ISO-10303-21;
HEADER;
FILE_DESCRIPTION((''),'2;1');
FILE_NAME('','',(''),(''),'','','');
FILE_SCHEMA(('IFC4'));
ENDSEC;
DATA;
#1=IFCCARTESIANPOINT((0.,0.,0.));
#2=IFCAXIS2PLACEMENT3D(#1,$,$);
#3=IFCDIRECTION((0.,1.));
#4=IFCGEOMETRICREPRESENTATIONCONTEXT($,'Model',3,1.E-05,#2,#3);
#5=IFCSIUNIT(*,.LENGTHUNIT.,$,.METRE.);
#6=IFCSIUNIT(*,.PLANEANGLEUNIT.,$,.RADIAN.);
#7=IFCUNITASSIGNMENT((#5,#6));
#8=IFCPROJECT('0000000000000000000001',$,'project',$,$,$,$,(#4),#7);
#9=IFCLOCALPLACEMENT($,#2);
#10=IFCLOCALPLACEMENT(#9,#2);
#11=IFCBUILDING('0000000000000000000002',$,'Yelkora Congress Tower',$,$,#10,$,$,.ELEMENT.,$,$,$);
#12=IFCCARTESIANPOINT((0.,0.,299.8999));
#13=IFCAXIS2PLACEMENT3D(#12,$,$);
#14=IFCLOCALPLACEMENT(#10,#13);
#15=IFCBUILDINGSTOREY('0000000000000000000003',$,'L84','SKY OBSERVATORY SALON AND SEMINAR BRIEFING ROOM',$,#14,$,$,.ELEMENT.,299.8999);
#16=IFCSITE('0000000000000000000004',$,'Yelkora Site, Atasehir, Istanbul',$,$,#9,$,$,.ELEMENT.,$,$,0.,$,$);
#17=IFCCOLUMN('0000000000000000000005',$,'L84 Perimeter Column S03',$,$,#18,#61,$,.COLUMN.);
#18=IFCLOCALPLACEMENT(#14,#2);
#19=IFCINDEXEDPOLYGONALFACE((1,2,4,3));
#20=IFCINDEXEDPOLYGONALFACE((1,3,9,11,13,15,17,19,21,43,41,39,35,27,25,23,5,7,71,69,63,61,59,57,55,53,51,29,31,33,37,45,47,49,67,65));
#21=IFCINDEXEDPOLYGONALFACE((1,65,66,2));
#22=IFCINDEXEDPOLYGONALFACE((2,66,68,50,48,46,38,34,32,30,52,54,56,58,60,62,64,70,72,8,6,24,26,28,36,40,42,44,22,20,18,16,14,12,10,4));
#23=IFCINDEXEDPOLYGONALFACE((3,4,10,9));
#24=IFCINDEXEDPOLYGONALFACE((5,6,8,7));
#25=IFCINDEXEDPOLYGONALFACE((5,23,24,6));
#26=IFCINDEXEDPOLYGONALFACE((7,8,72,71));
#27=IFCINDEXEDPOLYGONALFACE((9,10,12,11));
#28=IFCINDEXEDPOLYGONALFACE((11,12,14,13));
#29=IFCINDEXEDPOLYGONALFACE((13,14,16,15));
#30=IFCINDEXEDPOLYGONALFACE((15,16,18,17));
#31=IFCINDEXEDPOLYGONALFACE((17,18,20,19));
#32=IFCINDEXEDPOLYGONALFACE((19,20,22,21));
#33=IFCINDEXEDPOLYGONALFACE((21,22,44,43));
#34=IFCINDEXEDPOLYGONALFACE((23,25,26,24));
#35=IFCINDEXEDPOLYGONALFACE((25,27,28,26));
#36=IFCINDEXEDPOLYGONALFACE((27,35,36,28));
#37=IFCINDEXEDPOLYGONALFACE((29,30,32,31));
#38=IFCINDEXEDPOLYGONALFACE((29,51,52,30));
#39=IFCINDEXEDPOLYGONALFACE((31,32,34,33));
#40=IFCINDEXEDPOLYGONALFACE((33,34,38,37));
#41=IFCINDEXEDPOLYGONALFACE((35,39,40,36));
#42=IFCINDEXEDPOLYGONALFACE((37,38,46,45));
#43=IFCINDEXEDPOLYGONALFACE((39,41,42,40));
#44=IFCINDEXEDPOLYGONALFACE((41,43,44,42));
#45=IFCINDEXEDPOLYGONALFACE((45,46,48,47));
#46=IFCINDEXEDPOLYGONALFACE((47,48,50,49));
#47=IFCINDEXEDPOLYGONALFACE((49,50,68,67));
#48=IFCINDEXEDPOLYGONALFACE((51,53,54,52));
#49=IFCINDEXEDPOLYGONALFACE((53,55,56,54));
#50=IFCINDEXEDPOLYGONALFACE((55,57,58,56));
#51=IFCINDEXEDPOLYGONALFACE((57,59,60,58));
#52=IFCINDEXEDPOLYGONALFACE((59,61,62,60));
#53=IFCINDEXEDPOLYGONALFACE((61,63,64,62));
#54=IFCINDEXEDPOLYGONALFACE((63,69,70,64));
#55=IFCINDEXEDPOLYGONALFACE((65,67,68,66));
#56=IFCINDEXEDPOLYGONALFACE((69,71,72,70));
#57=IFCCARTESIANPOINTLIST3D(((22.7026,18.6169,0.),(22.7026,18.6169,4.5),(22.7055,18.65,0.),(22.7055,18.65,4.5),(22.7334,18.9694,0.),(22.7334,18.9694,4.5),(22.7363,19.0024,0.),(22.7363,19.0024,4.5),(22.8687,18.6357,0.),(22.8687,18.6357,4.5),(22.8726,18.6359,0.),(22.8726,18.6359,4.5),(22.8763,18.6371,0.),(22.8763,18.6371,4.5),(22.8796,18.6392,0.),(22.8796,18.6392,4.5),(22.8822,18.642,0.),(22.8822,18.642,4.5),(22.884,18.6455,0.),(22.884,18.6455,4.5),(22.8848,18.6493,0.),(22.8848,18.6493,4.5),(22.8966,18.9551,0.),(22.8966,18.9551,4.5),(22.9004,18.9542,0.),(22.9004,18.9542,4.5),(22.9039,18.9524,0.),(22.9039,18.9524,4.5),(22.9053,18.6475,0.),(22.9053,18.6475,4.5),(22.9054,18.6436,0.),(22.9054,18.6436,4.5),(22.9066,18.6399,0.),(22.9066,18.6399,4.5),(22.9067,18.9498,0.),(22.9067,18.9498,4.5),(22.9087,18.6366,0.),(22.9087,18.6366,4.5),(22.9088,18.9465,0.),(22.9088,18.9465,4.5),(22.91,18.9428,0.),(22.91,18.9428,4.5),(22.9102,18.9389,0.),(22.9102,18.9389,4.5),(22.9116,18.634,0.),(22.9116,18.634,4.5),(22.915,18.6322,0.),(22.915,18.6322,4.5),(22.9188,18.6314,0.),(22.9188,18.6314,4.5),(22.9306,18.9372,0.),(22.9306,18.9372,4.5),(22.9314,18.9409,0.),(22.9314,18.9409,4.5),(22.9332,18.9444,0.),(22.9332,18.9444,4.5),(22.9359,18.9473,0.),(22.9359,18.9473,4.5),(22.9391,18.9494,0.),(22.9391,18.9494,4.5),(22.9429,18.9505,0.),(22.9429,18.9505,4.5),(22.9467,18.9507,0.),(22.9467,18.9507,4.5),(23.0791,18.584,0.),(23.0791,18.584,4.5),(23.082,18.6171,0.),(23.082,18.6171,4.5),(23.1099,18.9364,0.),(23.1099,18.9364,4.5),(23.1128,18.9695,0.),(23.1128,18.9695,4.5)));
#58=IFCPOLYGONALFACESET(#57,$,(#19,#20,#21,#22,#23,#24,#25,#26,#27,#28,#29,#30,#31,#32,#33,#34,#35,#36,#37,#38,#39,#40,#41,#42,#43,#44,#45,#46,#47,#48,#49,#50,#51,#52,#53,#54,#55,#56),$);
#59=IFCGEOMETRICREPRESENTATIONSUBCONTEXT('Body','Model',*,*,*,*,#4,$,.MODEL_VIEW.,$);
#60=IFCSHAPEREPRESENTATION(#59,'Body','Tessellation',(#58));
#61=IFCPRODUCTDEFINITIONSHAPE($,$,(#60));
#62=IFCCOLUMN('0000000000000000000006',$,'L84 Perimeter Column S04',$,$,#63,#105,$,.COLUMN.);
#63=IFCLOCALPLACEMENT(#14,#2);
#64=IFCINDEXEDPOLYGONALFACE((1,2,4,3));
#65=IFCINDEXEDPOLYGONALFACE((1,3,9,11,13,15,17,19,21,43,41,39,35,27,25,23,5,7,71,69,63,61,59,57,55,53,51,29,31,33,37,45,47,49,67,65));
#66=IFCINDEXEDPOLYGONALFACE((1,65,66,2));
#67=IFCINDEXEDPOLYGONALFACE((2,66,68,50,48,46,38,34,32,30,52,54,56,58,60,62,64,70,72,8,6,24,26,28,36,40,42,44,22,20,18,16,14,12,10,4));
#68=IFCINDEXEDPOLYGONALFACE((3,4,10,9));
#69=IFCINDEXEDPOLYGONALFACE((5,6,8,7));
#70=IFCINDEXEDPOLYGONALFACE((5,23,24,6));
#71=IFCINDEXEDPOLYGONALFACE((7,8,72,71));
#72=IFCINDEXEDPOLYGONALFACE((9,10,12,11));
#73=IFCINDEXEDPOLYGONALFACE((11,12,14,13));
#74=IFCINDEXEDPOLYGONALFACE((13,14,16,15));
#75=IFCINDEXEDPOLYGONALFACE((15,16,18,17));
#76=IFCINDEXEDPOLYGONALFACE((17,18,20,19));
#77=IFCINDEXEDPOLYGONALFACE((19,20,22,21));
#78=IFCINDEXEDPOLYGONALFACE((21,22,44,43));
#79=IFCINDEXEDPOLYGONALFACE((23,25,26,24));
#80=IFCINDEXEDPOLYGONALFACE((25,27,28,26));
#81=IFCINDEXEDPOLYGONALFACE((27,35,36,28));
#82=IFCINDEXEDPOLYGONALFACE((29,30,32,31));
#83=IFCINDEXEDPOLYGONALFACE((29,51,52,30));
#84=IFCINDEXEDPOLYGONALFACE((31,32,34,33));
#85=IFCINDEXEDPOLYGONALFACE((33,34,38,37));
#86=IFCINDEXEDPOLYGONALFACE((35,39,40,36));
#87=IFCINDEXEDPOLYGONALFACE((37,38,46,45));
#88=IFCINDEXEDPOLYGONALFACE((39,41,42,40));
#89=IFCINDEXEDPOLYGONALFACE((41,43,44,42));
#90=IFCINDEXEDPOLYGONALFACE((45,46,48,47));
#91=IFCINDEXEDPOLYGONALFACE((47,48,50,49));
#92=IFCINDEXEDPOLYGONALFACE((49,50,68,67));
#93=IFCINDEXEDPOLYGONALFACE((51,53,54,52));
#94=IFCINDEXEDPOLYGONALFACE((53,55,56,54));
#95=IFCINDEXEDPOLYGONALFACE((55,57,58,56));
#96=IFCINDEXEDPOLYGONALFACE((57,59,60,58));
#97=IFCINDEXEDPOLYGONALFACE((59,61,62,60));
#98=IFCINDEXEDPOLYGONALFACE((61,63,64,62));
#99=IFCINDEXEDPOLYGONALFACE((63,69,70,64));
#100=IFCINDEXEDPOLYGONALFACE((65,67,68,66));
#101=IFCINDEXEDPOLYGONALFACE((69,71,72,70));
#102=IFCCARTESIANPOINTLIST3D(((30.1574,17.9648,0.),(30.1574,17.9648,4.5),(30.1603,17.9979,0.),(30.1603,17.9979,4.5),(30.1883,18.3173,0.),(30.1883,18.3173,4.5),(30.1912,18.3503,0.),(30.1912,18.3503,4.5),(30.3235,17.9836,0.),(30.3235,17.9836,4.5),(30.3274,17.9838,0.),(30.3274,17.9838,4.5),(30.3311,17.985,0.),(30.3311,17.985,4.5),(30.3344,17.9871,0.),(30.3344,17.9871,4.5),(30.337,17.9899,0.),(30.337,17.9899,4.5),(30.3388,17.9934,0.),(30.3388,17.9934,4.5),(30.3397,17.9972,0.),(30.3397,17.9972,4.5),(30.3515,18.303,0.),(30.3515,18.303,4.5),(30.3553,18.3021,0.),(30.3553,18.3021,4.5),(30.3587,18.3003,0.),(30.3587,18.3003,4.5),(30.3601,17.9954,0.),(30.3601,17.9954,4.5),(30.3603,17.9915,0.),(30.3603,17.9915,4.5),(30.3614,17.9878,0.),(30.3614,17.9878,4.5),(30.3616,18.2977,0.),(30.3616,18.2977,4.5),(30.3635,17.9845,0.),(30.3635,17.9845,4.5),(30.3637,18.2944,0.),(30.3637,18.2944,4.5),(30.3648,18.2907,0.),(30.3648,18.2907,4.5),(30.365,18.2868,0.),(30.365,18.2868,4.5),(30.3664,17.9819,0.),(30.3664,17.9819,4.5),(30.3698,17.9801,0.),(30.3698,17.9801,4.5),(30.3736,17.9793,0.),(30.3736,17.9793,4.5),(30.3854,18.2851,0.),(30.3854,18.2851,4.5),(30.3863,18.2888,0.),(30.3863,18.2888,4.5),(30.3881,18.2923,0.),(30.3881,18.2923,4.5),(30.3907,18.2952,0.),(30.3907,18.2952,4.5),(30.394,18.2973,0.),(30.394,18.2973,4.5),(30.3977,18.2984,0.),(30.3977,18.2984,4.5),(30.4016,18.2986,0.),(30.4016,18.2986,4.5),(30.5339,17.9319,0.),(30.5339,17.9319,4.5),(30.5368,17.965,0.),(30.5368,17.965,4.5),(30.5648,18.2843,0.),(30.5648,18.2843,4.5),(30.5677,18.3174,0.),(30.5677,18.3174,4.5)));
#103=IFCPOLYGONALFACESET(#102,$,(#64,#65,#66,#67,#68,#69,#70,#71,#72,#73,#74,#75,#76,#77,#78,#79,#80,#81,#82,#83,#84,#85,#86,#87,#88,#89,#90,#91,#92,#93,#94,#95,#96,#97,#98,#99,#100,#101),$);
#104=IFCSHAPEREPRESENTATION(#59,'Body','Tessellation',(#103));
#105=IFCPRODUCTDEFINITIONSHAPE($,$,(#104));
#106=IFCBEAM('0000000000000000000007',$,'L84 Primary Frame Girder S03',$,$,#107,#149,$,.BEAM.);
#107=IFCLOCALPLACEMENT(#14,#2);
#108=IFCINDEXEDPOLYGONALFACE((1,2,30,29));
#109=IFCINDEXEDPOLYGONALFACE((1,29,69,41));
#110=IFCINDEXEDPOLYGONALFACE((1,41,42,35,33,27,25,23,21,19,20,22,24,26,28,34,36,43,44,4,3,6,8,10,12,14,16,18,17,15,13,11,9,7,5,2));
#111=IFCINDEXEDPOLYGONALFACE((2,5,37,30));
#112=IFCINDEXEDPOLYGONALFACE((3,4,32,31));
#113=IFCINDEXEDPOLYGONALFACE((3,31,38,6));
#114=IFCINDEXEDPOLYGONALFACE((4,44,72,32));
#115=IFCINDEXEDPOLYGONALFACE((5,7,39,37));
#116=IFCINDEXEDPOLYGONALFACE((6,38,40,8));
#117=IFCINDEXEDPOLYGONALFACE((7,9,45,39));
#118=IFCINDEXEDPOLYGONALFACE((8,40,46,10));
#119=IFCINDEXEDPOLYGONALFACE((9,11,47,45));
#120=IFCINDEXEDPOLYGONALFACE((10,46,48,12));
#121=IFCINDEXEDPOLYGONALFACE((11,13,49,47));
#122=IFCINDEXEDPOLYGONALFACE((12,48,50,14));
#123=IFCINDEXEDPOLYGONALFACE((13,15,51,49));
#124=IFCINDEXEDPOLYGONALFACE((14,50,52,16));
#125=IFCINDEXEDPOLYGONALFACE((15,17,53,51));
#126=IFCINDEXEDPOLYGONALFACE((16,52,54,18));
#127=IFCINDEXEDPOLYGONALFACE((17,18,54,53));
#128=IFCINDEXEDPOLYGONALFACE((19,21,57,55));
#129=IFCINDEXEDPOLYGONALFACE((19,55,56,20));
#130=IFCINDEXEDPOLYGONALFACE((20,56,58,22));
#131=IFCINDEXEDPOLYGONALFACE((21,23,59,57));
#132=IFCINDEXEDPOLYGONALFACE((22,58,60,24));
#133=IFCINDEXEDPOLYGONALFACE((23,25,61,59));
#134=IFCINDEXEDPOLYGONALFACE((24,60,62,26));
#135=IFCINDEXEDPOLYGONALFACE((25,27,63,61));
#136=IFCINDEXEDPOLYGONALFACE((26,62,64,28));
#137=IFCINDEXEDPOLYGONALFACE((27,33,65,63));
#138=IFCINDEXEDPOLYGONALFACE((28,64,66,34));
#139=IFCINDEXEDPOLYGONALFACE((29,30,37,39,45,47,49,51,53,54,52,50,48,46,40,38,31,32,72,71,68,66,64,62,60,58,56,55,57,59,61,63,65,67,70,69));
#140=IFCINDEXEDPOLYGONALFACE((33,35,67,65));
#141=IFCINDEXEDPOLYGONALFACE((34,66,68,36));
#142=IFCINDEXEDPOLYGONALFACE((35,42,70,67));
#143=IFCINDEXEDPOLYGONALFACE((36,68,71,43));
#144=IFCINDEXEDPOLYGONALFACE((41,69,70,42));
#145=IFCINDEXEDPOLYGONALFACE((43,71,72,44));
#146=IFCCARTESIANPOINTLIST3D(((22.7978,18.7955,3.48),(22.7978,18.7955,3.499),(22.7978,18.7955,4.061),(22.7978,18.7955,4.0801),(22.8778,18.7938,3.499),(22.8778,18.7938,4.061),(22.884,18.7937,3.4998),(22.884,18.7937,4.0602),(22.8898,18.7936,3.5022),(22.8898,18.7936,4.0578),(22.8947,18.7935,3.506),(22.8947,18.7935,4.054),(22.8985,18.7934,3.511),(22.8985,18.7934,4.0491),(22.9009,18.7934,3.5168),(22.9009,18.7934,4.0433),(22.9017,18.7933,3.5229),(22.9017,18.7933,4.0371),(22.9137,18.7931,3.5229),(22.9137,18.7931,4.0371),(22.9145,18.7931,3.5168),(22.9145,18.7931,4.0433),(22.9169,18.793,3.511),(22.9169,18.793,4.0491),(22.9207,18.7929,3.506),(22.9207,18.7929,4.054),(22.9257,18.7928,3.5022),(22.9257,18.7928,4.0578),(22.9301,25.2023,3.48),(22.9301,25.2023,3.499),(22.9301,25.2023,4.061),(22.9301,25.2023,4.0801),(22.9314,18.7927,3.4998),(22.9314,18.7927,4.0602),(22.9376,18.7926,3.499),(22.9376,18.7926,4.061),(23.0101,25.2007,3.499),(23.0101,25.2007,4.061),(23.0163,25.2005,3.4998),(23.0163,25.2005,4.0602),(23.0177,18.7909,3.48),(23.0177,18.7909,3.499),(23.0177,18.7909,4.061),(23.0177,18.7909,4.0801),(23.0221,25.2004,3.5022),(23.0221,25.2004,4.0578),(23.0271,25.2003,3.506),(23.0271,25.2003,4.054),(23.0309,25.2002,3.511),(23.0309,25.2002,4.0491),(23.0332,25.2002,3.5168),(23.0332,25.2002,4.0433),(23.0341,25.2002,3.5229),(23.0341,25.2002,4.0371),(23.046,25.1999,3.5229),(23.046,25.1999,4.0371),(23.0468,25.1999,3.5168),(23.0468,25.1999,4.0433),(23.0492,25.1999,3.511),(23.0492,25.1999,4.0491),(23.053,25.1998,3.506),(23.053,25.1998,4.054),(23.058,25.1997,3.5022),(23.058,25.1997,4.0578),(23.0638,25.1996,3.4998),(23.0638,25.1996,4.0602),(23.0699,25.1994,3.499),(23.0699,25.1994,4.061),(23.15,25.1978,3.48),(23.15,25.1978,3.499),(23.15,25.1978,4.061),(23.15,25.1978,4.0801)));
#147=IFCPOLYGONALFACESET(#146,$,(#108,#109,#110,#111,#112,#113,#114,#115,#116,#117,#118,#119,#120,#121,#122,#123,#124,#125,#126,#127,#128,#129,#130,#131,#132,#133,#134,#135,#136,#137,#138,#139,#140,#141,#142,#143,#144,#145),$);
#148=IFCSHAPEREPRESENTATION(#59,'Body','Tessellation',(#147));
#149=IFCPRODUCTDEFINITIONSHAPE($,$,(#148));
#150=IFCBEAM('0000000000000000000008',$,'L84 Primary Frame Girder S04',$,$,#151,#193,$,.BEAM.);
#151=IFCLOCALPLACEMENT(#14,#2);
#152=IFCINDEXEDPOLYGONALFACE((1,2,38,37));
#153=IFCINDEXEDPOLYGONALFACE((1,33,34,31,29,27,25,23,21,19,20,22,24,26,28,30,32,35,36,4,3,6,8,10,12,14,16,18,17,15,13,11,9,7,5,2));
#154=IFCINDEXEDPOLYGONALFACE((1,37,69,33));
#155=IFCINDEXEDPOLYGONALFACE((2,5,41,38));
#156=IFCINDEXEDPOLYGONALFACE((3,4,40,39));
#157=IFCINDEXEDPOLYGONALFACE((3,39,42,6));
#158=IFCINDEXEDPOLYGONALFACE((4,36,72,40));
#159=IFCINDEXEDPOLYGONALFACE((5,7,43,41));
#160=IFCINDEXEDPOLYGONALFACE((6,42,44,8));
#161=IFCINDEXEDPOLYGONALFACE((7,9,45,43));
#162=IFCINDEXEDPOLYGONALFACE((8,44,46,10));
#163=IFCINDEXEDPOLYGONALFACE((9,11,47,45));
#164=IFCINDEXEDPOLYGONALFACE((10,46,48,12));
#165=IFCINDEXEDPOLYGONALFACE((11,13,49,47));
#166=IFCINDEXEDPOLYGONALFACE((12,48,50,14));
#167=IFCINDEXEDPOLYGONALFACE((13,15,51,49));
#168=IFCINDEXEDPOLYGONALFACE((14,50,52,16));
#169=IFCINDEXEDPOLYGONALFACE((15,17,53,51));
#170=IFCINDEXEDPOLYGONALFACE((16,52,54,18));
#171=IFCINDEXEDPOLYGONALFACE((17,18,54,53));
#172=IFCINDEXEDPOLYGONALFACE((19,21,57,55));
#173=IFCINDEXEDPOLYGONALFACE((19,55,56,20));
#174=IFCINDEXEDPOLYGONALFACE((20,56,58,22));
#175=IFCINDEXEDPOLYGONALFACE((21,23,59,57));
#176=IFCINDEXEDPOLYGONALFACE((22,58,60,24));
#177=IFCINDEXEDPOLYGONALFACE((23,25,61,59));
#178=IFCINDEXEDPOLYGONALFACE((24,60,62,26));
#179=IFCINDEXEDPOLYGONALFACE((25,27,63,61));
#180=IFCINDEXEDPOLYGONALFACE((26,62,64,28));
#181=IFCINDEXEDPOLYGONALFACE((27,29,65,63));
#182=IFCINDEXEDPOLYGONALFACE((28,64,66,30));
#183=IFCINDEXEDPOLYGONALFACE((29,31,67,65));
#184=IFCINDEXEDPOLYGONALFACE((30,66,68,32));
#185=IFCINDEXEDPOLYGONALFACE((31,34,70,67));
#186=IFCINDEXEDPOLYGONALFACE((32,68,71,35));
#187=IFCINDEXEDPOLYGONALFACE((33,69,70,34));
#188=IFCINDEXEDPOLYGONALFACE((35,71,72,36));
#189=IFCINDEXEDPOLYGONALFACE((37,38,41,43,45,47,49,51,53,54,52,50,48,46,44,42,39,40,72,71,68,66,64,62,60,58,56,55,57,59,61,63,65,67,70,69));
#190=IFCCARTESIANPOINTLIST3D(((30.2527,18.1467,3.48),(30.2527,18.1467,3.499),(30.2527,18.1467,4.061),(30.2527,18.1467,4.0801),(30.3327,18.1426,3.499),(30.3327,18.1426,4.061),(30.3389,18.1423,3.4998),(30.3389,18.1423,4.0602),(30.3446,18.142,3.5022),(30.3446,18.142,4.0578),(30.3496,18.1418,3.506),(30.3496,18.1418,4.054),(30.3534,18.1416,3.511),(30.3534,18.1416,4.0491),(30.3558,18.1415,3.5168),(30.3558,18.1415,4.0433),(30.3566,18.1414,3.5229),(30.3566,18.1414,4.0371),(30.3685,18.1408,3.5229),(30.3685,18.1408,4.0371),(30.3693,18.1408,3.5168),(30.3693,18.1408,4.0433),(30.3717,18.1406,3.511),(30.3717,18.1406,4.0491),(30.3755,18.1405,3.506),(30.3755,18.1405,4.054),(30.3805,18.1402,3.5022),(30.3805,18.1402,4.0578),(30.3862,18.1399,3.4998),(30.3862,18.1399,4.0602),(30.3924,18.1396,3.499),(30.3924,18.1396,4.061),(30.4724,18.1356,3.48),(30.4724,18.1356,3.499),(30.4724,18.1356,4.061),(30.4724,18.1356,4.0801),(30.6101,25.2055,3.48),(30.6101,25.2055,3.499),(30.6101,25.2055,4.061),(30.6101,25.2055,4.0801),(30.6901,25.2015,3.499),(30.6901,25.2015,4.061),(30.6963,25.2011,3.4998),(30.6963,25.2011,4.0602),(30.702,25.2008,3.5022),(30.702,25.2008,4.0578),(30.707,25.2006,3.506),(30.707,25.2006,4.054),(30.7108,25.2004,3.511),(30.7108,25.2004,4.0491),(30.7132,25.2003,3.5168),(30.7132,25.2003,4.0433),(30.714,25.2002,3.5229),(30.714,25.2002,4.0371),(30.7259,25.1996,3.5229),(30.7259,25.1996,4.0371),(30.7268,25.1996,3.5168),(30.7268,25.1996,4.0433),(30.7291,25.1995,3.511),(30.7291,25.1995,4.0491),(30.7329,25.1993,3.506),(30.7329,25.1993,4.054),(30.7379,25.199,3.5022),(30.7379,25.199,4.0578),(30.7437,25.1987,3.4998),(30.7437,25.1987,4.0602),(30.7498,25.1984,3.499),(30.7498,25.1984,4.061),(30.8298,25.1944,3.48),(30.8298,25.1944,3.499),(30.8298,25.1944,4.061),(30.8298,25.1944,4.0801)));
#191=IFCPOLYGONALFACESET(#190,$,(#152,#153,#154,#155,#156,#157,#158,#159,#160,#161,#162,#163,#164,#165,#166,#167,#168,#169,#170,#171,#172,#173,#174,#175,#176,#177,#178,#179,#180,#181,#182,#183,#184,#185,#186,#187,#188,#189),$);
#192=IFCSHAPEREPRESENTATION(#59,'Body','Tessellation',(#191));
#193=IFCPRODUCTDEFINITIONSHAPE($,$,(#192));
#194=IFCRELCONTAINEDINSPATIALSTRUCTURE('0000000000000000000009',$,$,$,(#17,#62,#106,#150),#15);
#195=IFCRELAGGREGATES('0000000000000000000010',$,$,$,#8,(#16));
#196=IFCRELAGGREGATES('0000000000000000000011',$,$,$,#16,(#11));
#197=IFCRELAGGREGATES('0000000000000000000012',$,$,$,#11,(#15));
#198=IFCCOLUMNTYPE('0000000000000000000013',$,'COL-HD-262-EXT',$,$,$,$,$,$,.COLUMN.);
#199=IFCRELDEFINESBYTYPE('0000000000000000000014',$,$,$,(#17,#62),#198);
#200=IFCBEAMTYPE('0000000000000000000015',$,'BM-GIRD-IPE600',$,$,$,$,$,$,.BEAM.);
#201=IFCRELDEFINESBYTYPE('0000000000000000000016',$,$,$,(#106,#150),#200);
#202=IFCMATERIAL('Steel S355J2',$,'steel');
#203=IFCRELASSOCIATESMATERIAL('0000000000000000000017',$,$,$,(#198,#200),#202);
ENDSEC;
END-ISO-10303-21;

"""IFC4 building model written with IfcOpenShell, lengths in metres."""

from ifc_helpers import new_model, si_unit, direction, frame, origin, origin_2d, place, context, subcontext, project, spatial, i_section, extrude, material, material_profile, profile_set, type_object, element, save


model = new_model("IFC4")

# Units and contexts
model_context = context("Model", 3, precision=1e-05, world=origin(), true_north=direction((0.0, 1.0)))
body_context = subcontext(model_context, "Body", "Model", "MODEL_VIEW")
ifc_project = project(units=[si_unit("LENGTHUNIT", "METRE"), si_unit("PLANEANGLEUNIT", "RADIAN")], contexts=[model_context])

# Site, building, storey
site_placement = place(None, origin())
site = spatial("IfcSite", under=ifc_project, at=site_placement, Name="Yelkora Site, Atasehir, Istanbul", CompositionType="ELEMENT", RefElevation=0.0)
building_placement = place(site_placement, origin())
building = spatial("IfcBuilding", under=site, at=building_placement, Name="Yelkora Congress Tower", CompositionType="ELEMENT")
storey_placement = place(building_placement, frame((0.0, 0.0, 299.8999)))
storey = spatial("IfcBuildingStorey", under=building, at=storey_placement, Name="L84", Description="SKY OBSERVATORY SALON AND SEMINAR BRIEFING ROOM", CompositionType="ELEMENT", Elevation=299.8999)

# Columns
ifc_material_1 = material(Name="Steel S355J2", Category="steel")
ifc_material_profile_1 = material_profile(ifc_material_1, i_section(OverallWidth=0.3779, OverallDepth=0.387, WebThickness=0.0205, FlangeThickness=0.0332, FilletRadius=0.0149, at=origin_2d()), Name="HD 360x262")
ifc_profile_set_1 = profile_set([ifc_material_profile_1], Name="Steel S355J2")
column_type = type_object("IfcColumnType", Name="COL-HD-262-EXT", PredefinedType="COLUMN", material=ifc_profile_set_1)
for number, where, z_axis, x_axis, name in (
    (1, (22.9077, 18.7932, 0.0), (0.0, 0.0, 1.0), (0.996195, -0.087156, 0.0), "L84 Perimeter Column S03"),
    (2, (30.3625, 18.1411, 0.0), (0.0, 0.0, 1.0), (0.996195, -0.087156, 0.0), "L84 Perimeter Column S04"),
):
    element("IfcColumn", number, at=place(storey_placement, frame(where, z_axis=z_axis, x_axis=x_axis)), inside=storey, type_object=column_type, Name=name, PredefinedType="COLUMN", context=body_context, shape_type="SweptSolid", body=[
        extrude(i_section(OverallWidth=0.3779, OverallDepth=0.387, WebThickness=0.0205, FlangeThickness=0.0332, FilletRadius=0.0149, at=origin_2d()), origin(), (0.0, 0.0, 1.0), 4.5),
    ])

# Beams
ifc_material_profile_2 = material_profile(ifc_material_1, i_section(OverallWidth=0.22, OverallDepth=0.6001, WebThickness=0.012, FlangeThickness=0.019, FilletRadius=0.0239, at=origin_2d()), Name="IPE 600")
ifc_profile_set_2 = profile_set([ifc_material_profile_2], Name="Steel S355J2")
beam_type_1 = type_object("IfcBeamType", Name="BM-GIRD-IPE600", PredefinedType="BEAM", material=ifc_profile_set_2)
beam_1_placement = place(storey_placement, frame((22.9077, 18.7932, 3.78), z_axis=(0.02065, 0.999787, 0.0), x_axis=(-0.999787, 0.02065, 0.0)))
element("IfcBeam", 3, at=beam_1_placement, inside=storey, type_object=beam_type_1, Name="L84 Primary Frame Girder S03", PredefinedType="BEAM", context=body_context, shape_type="SweptSolid", body=[
    extrude(i_section(OverallWidth=0.22, OverallDepth=0.6001, WebThickness=0.012, FlangeThickness=0.019, FilletRadius=0.0239, at=origin_2d()), origin(), (0.0, 0.0, 1.0), 6.4082),
])
beam_2_placement = place(storey_placement, frame((30.3625, 18.1411, 3.78), z_axis=(0.05057, 0.998721, 0.0), x_axis=(-0.998721, 0.05057, 0.0)))
element("IfcBeam", 4, at=beam_2_placement, inside=storey, type_object=beam_type_1, Name="L84 Primary Frame Girder S04", PredefinedType="BEAM", context=body_context, shape_type="SweptSolid", body=[
    extrude(i_section(OverallWidth=0.22, OverallDepth=0.6001, WebThickness=0.012, FlangeThickness=0.019, FilletRadius=0.0239, at=origin_2d()), origin(), (0.0, 0.0, 1.0), 7.0679),
])

save(model, "model.ifc")
